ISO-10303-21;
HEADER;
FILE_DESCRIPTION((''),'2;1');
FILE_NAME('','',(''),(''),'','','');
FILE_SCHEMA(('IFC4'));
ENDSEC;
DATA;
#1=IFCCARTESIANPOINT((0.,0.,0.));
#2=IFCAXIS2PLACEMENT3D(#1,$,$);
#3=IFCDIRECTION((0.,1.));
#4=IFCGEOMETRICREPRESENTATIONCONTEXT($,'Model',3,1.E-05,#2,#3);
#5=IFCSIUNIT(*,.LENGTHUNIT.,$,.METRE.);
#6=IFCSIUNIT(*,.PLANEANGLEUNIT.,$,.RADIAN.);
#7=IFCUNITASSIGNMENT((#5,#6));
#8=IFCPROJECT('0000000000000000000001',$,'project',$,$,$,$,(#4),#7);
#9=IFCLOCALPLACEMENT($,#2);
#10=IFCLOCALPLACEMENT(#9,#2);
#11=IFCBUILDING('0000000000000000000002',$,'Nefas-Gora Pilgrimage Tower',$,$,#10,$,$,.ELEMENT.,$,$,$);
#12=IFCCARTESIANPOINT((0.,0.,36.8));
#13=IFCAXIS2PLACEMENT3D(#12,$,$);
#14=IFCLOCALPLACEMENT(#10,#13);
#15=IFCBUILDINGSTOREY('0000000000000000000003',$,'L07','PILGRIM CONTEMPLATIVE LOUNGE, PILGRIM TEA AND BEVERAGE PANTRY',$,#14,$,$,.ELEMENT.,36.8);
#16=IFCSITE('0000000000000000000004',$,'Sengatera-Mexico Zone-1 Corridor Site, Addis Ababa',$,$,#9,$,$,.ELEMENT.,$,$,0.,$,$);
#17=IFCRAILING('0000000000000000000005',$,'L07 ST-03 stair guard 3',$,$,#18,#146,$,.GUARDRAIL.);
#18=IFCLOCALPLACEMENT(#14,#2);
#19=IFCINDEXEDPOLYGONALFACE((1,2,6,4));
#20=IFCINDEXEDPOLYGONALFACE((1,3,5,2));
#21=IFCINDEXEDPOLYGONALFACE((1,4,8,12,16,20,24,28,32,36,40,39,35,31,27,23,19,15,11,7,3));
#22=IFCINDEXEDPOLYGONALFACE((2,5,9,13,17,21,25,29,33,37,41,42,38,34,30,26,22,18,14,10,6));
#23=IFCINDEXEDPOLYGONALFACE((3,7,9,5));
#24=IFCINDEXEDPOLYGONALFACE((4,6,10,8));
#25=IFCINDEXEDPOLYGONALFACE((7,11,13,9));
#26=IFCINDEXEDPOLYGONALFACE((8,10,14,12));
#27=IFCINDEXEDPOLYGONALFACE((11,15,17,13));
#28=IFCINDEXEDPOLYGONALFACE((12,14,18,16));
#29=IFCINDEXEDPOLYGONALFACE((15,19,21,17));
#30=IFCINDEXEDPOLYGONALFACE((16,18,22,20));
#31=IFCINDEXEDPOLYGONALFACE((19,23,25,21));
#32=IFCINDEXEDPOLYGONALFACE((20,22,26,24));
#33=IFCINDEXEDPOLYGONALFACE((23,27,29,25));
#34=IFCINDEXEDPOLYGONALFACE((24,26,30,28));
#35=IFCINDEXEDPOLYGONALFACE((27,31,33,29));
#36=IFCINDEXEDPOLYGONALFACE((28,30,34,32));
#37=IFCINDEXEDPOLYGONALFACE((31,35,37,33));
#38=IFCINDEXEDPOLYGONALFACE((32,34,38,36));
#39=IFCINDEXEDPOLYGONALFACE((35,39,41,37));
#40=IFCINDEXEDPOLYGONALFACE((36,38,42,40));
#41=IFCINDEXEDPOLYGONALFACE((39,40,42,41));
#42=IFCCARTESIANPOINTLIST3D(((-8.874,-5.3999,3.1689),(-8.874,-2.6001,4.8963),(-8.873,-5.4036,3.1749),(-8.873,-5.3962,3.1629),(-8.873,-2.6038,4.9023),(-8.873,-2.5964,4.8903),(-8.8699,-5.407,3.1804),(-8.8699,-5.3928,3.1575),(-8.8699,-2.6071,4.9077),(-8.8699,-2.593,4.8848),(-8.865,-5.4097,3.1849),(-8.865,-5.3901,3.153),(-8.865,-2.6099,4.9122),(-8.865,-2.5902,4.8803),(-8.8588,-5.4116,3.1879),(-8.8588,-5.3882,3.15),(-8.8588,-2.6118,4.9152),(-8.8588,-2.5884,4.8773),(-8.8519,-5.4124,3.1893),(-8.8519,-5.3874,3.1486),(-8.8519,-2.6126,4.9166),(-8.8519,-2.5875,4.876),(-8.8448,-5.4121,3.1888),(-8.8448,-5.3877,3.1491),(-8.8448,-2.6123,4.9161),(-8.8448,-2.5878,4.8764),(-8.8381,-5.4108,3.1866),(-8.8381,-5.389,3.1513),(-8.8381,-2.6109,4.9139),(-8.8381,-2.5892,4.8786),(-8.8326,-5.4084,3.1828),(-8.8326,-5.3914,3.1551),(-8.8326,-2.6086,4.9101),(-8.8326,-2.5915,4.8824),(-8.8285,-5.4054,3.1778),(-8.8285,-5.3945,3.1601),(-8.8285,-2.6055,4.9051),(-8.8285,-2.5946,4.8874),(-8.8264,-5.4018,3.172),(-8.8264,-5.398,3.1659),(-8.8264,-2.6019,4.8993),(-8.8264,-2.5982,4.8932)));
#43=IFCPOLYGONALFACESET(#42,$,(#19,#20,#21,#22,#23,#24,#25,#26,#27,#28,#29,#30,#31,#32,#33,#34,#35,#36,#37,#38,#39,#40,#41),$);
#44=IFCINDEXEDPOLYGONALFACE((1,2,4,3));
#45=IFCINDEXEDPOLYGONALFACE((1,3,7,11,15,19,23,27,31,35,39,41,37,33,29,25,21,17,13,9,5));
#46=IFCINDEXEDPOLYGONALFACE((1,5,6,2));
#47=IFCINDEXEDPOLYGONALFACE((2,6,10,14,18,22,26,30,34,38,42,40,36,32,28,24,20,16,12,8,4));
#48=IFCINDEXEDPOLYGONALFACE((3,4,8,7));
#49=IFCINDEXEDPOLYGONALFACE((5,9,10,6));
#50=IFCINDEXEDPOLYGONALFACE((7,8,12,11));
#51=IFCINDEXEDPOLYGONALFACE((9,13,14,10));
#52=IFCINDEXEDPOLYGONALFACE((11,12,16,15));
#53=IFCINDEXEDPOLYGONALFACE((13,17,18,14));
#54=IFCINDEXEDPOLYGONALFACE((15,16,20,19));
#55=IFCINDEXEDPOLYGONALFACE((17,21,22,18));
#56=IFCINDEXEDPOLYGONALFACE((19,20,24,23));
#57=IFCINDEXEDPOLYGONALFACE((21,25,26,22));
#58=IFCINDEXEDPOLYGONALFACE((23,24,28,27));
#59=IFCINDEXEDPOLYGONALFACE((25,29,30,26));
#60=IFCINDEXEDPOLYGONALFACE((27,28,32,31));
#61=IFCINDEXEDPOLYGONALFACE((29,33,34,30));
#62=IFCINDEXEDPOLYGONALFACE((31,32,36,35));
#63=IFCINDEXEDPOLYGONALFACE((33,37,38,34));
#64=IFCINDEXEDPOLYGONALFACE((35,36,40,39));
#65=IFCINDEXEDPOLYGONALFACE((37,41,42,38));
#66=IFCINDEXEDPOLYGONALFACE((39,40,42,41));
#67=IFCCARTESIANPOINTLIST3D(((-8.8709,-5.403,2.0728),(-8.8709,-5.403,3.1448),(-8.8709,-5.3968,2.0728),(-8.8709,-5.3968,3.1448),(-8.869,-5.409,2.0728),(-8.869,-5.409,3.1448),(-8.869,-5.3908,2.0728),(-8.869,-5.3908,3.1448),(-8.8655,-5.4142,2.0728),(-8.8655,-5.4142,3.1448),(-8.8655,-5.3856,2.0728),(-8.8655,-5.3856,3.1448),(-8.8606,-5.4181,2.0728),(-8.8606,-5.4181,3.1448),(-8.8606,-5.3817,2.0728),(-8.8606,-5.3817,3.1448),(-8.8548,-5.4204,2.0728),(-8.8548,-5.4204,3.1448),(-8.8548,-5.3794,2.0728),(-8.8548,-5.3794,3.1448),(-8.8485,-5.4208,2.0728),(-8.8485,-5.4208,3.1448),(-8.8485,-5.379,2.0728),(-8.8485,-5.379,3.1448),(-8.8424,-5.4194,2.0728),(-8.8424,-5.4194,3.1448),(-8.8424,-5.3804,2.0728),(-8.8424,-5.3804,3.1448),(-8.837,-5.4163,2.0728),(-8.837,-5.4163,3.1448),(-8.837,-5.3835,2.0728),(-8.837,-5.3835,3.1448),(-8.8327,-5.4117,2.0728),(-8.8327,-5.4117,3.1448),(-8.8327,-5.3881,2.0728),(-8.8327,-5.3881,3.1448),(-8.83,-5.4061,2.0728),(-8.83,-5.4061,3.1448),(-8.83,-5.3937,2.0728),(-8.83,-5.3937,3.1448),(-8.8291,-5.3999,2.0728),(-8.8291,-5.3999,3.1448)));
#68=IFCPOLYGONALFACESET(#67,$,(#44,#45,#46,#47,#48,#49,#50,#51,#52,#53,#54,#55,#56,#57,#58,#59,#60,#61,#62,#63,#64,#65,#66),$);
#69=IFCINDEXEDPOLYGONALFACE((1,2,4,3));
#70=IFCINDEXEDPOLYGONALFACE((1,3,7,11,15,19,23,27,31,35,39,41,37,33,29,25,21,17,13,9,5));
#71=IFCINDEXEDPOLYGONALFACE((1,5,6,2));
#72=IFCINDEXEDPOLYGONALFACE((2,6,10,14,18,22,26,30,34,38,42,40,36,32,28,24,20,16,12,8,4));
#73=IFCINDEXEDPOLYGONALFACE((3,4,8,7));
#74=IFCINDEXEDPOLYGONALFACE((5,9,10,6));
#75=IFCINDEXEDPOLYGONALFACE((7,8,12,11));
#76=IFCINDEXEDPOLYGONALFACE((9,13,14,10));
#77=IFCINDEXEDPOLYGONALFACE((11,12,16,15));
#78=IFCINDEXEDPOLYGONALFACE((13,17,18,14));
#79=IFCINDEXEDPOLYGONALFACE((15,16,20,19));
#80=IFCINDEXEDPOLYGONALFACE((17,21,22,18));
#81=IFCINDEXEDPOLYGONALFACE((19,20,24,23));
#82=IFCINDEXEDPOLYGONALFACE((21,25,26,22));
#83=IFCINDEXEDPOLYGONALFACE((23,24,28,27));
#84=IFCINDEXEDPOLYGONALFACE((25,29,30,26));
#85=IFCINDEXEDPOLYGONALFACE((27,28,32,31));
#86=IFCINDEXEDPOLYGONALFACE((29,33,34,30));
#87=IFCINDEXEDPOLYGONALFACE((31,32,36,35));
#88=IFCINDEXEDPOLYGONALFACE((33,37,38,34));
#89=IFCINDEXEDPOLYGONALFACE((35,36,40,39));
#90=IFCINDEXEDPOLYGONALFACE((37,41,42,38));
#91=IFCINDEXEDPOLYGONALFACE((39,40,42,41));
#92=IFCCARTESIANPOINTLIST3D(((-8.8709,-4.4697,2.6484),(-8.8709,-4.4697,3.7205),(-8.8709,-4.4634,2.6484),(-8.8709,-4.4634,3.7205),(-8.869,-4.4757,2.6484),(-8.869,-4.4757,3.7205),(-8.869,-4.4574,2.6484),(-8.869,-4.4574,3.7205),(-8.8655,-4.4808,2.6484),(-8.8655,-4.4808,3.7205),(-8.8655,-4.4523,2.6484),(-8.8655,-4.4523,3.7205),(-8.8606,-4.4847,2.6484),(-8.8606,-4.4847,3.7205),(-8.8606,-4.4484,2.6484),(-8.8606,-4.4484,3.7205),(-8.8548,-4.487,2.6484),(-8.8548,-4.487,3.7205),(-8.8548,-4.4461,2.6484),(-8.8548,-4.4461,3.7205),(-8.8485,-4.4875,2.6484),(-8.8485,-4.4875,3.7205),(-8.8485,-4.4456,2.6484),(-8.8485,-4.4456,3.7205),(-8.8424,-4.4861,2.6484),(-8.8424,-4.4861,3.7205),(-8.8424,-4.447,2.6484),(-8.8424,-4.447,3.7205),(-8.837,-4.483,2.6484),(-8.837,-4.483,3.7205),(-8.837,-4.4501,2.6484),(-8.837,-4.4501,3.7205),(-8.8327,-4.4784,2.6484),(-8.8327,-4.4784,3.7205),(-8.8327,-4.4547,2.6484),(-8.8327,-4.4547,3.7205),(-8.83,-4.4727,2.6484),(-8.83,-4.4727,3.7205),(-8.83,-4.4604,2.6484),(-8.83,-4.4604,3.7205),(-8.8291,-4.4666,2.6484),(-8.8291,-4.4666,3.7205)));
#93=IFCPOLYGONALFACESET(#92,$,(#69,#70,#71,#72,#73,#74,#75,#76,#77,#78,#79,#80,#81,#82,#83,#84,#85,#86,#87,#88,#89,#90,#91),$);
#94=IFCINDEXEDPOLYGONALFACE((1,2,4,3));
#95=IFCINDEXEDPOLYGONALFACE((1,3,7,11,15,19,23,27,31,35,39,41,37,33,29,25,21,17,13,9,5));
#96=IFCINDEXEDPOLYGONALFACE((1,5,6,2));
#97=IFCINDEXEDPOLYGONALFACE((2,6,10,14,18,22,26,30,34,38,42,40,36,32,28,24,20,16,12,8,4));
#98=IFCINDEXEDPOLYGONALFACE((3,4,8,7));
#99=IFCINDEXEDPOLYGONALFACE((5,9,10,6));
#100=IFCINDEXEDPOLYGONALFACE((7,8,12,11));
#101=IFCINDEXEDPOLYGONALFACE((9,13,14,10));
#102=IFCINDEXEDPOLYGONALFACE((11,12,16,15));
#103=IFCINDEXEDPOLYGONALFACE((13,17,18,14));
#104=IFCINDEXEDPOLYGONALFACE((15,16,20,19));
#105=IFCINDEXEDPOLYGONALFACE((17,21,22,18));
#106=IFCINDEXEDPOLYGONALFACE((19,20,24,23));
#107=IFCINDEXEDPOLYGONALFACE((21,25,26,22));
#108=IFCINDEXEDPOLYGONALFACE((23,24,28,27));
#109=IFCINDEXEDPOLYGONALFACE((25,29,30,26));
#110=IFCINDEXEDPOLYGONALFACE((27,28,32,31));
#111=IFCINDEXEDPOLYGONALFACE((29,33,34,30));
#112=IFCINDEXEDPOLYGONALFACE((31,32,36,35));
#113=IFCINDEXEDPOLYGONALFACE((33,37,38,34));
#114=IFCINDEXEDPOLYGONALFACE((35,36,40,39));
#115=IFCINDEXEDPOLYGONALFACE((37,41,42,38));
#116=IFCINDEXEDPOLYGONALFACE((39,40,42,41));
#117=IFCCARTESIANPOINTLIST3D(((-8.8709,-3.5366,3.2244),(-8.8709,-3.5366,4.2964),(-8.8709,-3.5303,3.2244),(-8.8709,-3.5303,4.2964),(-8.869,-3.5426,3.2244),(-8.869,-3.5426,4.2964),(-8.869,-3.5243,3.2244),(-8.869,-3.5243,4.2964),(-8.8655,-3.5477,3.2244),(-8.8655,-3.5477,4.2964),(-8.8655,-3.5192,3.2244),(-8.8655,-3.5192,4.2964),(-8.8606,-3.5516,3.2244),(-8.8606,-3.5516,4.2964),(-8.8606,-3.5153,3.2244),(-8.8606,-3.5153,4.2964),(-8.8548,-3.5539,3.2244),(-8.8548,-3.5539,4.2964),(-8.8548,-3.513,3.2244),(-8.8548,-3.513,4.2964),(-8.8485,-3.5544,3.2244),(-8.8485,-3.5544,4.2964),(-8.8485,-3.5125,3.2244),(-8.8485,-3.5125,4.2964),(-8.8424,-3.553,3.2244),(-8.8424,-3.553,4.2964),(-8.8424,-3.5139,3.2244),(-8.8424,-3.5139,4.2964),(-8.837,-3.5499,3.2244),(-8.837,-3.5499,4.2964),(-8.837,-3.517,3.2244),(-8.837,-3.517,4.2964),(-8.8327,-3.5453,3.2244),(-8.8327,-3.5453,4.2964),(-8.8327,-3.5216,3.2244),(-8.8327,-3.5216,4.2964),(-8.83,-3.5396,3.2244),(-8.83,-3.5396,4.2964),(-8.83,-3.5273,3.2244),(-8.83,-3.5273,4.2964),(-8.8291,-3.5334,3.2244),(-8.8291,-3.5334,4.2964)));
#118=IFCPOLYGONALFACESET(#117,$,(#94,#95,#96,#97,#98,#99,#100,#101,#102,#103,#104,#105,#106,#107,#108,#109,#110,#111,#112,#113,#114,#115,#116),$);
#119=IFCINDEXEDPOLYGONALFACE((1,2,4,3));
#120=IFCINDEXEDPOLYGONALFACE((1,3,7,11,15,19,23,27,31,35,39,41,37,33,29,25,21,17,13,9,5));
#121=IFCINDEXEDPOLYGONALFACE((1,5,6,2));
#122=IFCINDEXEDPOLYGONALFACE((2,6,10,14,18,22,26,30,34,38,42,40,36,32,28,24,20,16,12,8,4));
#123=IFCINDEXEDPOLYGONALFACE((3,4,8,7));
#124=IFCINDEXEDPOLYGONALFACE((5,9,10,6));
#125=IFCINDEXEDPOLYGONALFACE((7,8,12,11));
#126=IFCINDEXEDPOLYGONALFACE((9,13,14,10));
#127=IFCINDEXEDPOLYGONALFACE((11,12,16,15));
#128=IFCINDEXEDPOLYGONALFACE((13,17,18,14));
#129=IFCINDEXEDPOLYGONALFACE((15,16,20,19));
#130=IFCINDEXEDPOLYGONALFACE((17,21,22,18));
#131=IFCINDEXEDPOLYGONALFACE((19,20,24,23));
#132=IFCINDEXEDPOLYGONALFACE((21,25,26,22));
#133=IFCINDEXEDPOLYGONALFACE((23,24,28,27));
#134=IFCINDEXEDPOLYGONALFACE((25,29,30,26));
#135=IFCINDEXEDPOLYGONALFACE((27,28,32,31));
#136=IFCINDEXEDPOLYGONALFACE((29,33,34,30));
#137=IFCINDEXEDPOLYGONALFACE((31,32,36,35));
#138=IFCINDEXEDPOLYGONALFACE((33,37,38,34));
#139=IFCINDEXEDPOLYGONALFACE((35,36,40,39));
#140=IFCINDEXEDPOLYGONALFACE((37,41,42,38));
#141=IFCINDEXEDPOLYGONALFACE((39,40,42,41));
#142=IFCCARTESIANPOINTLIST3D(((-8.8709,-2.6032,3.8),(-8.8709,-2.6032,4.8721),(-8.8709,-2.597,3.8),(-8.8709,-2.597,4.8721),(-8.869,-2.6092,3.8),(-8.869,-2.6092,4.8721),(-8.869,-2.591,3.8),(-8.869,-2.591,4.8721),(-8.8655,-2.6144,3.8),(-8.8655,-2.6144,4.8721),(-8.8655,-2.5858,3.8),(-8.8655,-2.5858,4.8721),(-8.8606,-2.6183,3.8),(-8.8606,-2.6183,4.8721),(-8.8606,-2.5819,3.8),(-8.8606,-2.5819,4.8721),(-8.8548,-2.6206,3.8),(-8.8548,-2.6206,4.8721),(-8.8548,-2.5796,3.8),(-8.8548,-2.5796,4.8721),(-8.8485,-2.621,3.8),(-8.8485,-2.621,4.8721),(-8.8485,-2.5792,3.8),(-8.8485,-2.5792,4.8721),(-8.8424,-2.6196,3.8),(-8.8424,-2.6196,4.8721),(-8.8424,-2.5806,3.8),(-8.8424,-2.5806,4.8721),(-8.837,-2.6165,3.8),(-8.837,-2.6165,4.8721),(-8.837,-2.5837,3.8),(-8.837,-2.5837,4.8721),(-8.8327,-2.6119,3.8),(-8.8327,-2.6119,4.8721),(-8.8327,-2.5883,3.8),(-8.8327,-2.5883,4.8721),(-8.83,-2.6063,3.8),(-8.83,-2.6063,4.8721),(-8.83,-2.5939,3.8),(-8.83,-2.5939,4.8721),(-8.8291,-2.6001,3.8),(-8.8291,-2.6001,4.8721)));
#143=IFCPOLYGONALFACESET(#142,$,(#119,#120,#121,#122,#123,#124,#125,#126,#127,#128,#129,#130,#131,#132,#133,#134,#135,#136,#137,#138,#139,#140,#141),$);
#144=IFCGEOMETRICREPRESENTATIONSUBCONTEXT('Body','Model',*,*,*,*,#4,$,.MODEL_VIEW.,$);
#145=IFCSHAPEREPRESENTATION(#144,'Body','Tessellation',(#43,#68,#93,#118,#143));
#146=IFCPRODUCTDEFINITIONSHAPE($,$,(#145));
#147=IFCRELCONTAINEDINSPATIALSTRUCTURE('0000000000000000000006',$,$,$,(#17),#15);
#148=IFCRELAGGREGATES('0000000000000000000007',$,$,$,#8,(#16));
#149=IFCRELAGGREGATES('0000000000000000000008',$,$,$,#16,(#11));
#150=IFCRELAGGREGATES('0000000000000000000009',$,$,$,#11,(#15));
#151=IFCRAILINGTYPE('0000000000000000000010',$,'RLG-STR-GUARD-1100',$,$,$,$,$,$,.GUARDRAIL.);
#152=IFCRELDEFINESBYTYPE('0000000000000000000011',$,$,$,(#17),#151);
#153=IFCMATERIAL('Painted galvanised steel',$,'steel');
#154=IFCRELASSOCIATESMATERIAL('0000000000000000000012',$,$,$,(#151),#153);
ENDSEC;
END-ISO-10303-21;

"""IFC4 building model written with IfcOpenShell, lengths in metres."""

from ifc_helpers import new_model, si_unit, direction, frame, origin, origin_2d, place, context, subcontext, project, spatial, circle, extrude, material, type_object, element, save


model = new_model("IFC4")

# Units and contexts
model_context = context("Model", 3, precision=1e-05, world=origin(), true_north=direction((0.0, 1.0)))
body_context = subcontext(model_context, "Body", "Model", "MODEL_VIEW")
ifc_project = project(units=[si_unit("LENGTHUNIT", "METRE"), si_unit("PLANEANGLEUNIT", "RADIAN")], contexts=[model_context])

# Site, building, storey
site_placement = place(None, origin())
site = spatial("IfcSite", under=ifc_project, at=site_placement, Name="Sengatera-Mexico Zone-1 Corridor Site, Addis Ababa", CompositionType="ELEMENT", RefElevation=0.0)
building_placement = place(site_placement, origin())
building = spatial("IfcBuilding", under=site, at=building_placement, Name="Nefas-Gora Pilgrimage Tower", CompositionType="ELEMENT")
storey_placement = place(building_placement, frame((0.0, 0.0, 36.8)))
storey = spatial("IfcBuildingStorey", under=building, at=storey_placement, Name="L07", Description="PILGRIM CONTEMPLATIVE LOUNGE, PILGRIM TEA AND BEVERAGE PANTRY", CompositionType="ELEMENT", Elevation=36.8)

# Railing
ifc_material_1 = material(Name="Painted galvanised steel", Category="steel")
railing_type_1 = type_object("IfcRailingType", Name="RLG-STR-GUARD-1100", PredefinedType="GUARDRAIL", material=ifc_material_1)
railing_1_placement = place(storey_placement, frame((-8.8501, -5.3999, 2.0728)))
element("IfcRailing", 1, at=railing_1_placement, inside=storey, type_object=railing_type_1, Name="L07 ST-03 stair guard 3", PredefinedType="GUARDRAIL", context=body_context, shape_type="SweptSolid", body=[
    extrude(circle(Radius=0.0239, at=origin_2d()), frame((0.0, 0.0, 1.0962), z_axis=(0.0, 0.851069, 0.525054), x_axis=(-1.0, 0.0, 0.0)), (0.0, 0.0, 1.0), 3.2898),
    extrude(circle(Radius=0.021, at=origin_2d()), origin(), (0.0, 0.0, 1.0), 1.072),
    extrude(circle(Radius=0.021, at=origin_2d()), frame((0.0, 0.9333, 0.5757)), (0.0, 0.0, 1.0), 1.072),
    extrude(circle(Radius=0.021, at=origin_2d()), frame((0.0, 1.8665, 1.1516)), (0.0, 0.0, 1.0), 1.072),
    extrude(circle(Radius=0.021, at=origin_2d()), frame((0.0, 2.7998, 1.7273)), (0.0, 0.0, 1.0), 1.072),
])

save(model, "model.ifc")
